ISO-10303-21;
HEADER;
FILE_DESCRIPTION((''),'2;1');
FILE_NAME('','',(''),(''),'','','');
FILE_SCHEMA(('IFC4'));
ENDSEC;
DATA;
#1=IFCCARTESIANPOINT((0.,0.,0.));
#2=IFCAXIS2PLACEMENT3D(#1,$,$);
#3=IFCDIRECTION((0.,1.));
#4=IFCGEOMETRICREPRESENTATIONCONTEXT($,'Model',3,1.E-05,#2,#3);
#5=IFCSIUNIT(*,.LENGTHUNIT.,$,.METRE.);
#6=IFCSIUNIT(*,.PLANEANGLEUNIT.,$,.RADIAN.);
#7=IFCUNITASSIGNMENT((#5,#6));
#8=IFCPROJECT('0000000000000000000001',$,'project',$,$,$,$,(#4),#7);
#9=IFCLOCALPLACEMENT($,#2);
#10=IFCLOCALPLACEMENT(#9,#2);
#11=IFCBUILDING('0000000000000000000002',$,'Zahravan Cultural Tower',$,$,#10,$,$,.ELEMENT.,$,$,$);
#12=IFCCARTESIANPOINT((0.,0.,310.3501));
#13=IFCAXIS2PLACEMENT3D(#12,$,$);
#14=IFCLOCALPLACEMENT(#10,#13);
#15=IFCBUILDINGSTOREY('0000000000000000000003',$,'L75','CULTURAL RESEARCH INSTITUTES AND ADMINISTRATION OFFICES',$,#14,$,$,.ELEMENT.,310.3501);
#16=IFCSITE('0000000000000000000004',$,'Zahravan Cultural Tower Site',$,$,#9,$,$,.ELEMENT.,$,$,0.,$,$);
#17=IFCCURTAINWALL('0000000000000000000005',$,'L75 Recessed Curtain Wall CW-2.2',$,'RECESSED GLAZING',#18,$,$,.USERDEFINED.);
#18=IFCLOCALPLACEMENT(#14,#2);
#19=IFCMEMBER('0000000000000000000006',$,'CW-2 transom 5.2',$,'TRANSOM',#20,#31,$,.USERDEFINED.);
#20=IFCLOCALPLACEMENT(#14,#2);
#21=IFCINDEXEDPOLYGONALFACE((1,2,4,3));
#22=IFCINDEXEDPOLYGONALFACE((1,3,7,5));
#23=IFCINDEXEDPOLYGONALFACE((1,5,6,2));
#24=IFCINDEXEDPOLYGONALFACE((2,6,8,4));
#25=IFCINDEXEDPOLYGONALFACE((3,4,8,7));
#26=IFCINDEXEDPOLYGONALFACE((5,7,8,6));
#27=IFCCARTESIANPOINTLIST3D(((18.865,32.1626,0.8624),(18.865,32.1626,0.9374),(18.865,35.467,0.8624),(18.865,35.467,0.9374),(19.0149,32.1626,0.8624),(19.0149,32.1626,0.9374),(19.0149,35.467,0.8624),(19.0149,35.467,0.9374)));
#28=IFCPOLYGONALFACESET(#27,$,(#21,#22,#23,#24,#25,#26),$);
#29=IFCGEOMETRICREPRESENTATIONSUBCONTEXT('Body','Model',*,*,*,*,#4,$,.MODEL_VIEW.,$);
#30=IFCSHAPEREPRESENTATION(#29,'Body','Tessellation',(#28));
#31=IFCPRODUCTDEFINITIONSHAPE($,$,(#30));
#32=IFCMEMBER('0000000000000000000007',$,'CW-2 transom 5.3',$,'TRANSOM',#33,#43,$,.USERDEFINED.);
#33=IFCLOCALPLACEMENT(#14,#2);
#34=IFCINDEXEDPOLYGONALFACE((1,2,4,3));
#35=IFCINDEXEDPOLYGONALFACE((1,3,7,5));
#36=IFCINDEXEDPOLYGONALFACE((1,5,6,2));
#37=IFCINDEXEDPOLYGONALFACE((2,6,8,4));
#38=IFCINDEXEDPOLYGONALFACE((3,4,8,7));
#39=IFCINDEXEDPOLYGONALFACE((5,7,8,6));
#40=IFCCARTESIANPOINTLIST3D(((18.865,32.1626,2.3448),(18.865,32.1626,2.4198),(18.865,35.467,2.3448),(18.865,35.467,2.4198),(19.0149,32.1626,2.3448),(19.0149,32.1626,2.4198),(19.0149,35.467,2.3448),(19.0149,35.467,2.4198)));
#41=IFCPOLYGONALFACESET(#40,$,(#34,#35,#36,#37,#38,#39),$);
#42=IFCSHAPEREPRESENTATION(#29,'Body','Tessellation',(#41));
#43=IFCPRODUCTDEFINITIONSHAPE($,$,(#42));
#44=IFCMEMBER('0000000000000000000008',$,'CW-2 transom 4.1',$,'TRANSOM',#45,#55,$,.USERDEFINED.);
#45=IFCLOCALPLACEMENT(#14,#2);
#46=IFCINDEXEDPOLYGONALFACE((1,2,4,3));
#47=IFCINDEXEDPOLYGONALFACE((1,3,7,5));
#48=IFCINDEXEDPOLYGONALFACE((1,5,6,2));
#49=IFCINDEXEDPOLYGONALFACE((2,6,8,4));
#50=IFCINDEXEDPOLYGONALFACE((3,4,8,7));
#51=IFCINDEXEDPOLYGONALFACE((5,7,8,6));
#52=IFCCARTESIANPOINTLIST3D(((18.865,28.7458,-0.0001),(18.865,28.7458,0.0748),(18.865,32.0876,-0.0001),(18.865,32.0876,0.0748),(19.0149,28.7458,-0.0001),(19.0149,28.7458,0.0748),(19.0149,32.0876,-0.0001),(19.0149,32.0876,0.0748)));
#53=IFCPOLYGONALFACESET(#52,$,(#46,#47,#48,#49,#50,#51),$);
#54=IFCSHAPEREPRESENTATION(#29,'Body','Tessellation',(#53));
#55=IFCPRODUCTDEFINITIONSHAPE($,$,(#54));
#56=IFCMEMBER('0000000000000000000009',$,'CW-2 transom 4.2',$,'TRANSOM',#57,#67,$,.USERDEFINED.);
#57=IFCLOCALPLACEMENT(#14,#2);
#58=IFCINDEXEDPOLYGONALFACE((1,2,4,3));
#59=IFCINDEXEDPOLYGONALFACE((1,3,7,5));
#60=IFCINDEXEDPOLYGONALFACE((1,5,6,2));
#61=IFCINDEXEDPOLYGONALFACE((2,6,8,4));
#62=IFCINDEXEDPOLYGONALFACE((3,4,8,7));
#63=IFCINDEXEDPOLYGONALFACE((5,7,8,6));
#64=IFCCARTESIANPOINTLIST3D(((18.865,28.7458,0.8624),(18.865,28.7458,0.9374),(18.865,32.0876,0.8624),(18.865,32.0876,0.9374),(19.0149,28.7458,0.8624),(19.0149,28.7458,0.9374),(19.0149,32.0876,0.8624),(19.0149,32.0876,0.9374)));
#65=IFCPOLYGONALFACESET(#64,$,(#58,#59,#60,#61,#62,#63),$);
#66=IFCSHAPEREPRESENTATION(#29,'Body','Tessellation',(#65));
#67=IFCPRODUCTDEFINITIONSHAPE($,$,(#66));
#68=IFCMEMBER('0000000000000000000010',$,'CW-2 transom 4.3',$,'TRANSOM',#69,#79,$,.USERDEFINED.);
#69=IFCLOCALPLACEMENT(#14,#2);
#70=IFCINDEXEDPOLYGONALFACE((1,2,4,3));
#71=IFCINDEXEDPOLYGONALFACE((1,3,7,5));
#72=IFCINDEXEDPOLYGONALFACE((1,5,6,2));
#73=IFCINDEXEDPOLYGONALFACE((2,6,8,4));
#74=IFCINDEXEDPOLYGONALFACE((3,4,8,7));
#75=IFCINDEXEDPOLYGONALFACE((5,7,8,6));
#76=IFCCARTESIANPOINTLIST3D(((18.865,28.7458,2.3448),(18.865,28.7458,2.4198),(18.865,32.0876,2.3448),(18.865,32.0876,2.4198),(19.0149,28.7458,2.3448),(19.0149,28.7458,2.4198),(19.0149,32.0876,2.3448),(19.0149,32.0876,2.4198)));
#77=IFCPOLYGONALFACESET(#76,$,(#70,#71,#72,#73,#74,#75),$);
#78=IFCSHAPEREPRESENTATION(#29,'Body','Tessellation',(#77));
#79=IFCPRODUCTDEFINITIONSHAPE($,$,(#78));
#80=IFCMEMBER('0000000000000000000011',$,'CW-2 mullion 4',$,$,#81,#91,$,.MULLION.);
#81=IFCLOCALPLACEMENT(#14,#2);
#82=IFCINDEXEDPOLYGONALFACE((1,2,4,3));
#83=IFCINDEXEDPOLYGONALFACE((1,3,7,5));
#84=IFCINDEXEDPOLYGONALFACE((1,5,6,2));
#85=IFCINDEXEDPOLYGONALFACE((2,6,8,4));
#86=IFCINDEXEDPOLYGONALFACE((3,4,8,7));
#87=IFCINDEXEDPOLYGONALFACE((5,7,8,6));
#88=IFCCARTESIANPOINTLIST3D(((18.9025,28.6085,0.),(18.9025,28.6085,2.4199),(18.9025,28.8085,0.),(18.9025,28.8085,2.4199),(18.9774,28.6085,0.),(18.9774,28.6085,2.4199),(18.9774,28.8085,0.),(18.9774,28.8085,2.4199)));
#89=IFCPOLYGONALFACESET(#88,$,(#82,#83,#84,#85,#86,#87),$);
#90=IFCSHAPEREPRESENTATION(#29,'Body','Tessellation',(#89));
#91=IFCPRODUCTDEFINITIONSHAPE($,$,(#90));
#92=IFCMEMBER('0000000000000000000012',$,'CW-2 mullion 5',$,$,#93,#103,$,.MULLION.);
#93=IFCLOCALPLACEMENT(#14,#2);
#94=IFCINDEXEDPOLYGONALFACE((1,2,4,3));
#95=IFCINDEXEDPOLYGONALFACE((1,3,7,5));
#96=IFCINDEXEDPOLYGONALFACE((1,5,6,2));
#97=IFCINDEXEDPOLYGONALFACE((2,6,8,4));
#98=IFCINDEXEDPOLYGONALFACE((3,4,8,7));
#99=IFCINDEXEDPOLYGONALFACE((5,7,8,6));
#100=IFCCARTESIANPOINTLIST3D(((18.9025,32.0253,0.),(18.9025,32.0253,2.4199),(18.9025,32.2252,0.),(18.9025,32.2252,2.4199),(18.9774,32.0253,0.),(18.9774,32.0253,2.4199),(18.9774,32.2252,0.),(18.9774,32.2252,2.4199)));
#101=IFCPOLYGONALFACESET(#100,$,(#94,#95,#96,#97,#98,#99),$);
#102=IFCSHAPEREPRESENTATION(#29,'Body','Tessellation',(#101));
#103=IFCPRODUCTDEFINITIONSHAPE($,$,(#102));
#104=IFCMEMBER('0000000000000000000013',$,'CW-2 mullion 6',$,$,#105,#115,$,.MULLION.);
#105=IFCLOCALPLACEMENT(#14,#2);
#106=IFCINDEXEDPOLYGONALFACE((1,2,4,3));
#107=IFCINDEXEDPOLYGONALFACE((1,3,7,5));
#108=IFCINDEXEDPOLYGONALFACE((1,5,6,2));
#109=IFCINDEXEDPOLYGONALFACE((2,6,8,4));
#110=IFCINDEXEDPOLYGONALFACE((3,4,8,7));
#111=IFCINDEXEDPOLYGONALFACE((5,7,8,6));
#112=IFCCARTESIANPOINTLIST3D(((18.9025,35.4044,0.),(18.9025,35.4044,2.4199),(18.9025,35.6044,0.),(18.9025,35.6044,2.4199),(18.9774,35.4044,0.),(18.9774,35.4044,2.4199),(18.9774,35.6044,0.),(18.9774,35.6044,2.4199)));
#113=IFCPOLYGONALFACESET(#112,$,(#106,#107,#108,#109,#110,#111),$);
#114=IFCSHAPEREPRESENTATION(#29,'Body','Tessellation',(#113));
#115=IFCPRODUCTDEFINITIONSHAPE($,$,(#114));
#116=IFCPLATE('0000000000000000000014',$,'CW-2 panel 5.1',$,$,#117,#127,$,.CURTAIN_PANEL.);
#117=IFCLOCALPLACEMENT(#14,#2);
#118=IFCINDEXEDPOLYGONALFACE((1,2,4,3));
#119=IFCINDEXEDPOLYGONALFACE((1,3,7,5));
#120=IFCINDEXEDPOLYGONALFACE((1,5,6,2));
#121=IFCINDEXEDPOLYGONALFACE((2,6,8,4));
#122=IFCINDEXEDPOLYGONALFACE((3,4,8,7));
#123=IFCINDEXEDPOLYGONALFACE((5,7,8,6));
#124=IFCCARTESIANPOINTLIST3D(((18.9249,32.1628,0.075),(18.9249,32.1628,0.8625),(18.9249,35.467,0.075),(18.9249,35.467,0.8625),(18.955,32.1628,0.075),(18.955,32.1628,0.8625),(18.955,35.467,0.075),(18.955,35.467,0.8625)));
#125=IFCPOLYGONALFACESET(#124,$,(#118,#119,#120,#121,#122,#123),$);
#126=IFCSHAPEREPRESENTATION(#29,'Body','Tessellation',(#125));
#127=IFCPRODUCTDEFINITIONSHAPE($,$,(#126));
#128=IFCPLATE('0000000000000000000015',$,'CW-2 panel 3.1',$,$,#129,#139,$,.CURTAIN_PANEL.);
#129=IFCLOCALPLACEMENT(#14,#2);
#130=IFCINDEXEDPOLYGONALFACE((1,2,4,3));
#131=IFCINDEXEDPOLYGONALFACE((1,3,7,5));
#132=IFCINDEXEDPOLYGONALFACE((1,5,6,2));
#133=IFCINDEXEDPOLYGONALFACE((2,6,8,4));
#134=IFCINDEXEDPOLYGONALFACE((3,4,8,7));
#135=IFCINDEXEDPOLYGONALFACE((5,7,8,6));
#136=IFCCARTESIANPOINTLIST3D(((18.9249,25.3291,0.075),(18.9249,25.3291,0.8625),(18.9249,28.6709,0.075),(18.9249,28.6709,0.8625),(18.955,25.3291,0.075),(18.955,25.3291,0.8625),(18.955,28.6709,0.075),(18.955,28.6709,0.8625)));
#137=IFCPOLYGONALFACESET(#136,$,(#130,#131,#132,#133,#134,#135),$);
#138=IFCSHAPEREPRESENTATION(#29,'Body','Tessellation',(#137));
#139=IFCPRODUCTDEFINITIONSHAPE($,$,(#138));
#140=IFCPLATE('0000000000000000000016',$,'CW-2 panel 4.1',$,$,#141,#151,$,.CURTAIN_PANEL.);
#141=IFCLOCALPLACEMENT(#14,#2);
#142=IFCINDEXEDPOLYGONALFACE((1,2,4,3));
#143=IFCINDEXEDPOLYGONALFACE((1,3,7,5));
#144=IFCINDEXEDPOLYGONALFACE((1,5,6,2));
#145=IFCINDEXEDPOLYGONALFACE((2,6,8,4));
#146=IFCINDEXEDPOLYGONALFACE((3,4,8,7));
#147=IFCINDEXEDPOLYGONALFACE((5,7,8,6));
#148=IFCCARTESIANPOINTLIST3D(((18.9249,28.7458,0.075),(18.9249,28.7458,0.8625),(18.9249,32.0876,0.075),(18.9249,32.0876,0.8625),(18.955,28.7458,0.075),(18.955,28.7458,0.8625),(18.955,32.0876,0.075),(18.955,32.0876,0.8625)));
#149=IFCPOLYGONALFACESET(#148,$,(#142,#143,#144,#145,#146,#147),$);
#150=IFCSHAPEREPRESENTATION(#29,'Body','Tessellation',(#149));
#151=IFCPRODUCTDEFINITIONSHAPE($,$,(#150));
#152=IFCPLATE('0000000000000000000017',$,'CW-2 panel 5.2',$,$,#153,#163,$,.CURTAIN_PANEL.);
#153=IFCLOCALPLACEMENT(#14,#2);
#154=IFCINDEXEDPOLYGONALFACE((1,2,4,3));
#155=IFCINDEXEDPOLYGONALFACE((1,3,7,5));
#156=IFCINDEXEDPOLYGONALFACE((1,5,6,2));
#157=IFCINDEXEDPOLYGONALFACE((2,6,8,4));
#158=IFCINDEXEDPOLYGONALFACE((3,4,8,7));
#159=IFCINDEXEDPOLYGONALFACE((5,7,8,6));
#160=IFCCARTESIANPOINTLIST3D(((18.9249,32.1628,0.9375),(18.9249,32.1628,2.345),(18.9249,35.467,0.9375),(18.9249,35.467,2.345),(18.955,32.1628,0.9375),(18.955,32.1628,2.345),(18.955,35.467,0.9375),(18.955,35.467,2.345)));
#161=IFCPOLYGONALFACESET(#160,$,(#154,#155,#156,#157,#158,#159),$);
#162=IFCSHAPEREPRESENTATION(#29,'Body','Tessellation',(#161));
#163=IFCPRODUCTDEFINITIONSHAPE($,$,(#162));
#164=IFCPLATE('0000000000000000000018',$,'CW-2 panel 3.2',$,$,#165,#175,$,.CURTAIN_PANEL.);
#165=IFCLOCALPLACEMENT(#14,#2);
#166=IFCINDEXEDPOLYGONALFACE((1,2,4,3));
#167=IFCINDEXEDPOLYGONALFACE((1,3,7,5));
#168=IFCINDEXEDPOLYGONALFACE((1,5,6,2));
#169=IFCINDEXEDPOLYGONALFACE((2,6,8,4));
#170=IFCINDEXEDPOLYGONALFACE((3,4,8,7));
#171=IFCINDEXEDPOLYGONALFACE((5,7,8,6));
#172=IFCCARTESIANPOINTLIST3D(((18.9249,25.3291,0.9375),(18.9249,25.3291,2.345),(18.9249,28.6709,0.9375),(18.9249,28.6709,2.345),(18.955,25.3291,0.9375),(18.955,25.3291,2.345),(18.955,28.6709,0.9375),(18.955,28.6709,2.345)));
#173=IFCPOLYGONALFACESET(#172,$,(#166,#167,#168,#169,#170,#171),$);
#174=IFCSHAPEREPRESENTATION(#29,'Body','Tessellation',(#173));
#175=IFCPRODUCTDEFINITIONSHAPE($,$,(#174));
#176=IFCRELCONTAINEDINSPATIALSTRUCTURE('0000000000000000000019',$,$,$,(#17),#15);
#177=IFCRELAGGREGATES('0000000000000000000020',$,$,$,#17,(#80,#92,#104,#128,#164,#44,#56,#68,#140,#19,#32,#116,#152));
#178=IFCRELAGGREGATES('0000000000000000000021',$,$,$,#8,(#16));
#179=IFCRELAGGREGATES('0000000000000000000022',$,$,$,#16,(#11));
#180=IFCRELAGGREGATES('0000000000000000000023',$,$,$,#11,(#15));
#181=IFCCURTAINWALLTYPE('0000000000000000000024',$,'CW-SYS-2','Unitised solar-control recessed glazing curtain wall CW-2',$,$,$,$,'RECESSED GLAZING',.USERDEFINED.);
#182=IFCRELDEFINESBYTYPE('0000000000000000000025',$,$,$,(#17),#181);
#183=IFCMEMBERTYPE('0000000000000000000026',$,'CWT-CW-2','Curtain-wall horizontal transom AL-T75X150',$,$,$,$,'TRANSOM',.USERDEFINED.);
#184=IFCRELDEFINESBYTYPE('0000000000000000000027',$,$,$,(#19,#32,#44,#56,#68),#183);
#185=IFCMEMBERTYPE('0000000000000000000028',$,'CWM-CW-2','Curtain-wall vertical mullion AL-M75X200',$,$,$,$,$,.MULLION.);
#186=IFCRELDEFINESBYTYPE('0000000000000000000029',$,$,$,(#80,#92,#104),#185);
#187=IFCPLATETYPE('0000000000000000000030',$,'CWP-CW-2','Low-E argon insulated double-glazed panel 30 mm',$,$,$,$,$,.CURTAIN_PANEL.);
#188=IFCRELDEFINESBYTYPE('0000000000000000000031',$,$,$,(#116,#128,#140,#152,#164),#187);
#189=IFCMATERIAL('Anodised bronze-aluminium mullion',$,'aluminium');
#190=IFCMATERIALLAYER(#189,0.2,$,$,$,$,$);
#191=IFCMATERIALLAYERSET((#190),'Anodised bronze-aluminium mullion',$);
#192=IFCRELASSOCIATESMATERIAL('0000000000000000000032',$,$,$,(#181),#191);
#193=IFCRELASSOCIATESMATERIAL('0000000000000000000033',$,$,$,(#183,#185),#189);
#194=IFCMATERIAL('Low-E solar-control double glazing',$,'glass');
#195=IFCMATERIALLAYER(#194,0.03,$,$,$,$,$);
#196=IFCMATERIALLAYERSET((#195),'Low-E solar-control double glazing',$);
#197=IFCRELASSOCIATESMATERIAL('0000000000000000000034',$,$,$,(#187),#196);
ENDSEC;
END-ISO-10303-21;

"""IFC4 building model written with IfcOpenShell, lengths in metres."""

from ifc_helpers import new_model, si_unit, direction, frame, origin, origin_2d, place, context, subcontext, project, spatial, rectangle, extrude, source, transform, mapped, material, layer, layer_set, material_profile, profile_set, type_object, element, aggregate, save


model = new_model("IFC4")

# Units and contexts
model_context = context("Model", 3, precision=1e-05, world=origin(), true_north=direction((0.0, 1.0)))
body_context = subcontext(model_context, "Body", "Model", "MODEL_VIEW")
ifc_project = project(units=[si_unit("LENGTHUNIT", "METRE"), si_unit("PLANEANGLEUNIT", "RADIAN")], contexts=[model_context])

# Site, building, storey
site_placement = place(None, origin())
site = spatial("IfcSite", under=ifc_project, at=site_placement, Name="Zahravan Cultural Tower Site", CompositionType="ELEMENT", RefElevation=0.0)
building_placement = place(site_placement, origin())
building = spatial("IfcBuilding", under=site, at=building_placement, Name="Zahravan Cultural Tower", CompositionType="ELEMENT")
storey_placement = place(building_placement, frame((0.0, 0.0, 310.3501)))
storey = spatial("IfcBuildingStorey", under=building, at=storey_placement, Name="L75", Description="CULTURAL RESEARCH INSTITUTES AND ADMINISTRATION OFFICES", CompositionType="ELEMENT", Elevation=310.3501)

# Curtain wall, members, plates
ifc_material_1 = material(Name="Anodised bronze-aluminium mullion", Category="aluminium")
ifc_layer_1 = layer(ifc_material_1, 0.2)
ifc_layer_set_1 = layer_set([ifc_layer_1], Name="Anodised bronze-aluminium mullion")
curtain_wall_type = type_object("IfcCurtainWallType", Name="CW-SYS-2", Description="Unitised solar-control recessed glazing curtain wall CW-2", ElementType="RECESSED GLAZING", PredefinedType="USERDEFINED", material=ifc_layer_set_1)
curtain_wall_placement = place(storey_placement, origin())
curtain_wall = element("IfcCurtainWall", 1, at=curtain_wall_placement, inside=storey, type_object=curtain_wall_type, Name="L75 Recessed Curtain Wall CW-2.2", ObjectType="RECESSED GLAZING", PredefinedType="USERDEFINED")
ifc_material_profile_1 = material_profile(ifc_material_1, rectangle(XDim=0.1499, YDim=0.075, at=origin_2d()), Name="AL-T75X150")
ifc_profile_set_1 = profile_set([ifc_material_profile_1], Name="Anodised bronze-aluminium mullion")
member_type_1 = type_object("IfcMemberType", Name="CWT-CW-2", Description="Curtain-wall horizontal transom AL-T75X150", ElementType="TRANSOM", PredefinedType="USERDEFINED", material=ifc_profile_set_1)
shared_shape_1 = source(origin(), body_context, "Body", "SweptSolid", [
    extrude(rectangle(XDim=0.1499, YDim=0.075, at=origin_2d()), origin(), (0.0, 0.0, 1.0), 3.3044),
])
member_1_placement = place(storey_placement, frame((18.9399, 32.1626, 0.8999), z_axis=(0.0, 1.0, 0.0), x_axis=(-1.0, 0.0, 0.0)))
member_1 = element("IfcMember", 2, at=member_1_placement, type_object=member_type_1, Name="CW-2 transom 5.2", ObjectType="TRANSOM", PredefinedType="USERDEFINED", context=body_context, shape_type="MappedRepresentation", body=[
    mapped(shared_shape_1, transform((0.0, 0.0, 0.0), x_axis=(1.0, 0.0, 0.0), y_axis=(0.0, 1.0, 0.0), z_axis=(0.0, 0.0, 1.0), scale=1.0)),
])
member_2_placement = place(storey_placement, frame((18.9399, 32.1626, 2.3823), z_axis=(0.0, 1.0, 0.0), x_axis=(-1.0, 0.0, 0.0)))
member_2 = element("IfcMember", 3, at=member_2_placement, type_object=member_type_1, Name="CW-2 transom 5.3", ObjectType="TRANSOM", PredefinedType="USERDEFINED", context=body_context, shape_type="MappedRepresentation", body=[
    mapped(shared_shape_1, transform((0.0, 0.0, 0.0), x_axis=(1.0, 0.0, 0.0), y_axis=(0.0, 1.0, 0.0), z_axis=(0.0, 0.0, 1.0), scale=1.0)),
])
shared_shape_2 = source(origin(), body_context, "Body", "SweptSolid", [
    extrude(rectangle(XDim=0.1499, YDim=0.075, at=origin_2d()), origin(), (0.0, 0.0, 1.0), 3.3418),
])
member_3_placement = place(storey_placement, frame((18.9399, 28.7458, 0.0374), z_axis=(0.0, 1.0, 0.0), x_axis=(-1.0, 0.0, 0.0)))
member_3 = element("IfcMember", 4, at=member_3_placement, type_object=member_type_1, Name="CW-2 transom 4.1", ObjectType="TRANSOM", PredefinedType="USERDEFINED", context=body_context, shape_type="MappedRepresentation", body=[
    mapped(shared_shape_2, transform((0.0, 0.0, 0.0), x_axis=(1.0, 0.0, 0.0), y_axis=(0.0, 1.0, 0.0), z_axis=(0.0, 0.0, 1.0), scale=1.0)),
])
member_4_placement = place(storey_placement, frame((18.9399, 28.7458, 0.8999), z_axis=(0.0, 1.0, 0.0), x_axis=(-1.0, 0.0, 0.0)))
member_4 = element("IfcMember", 5, at=member_4_placement, type_object=member_type_1, Name="CW-2 transom 4.2", ObjectType="TRANSOM", PredefinedType="USERDEFINED", context=body_context, shape_type="MappedRepresentation", body=[
    mapped(shared_shape_2, transform((0.0, 0.0, 0.0), x_axis=(1.0, 0.0, 0.0), y_axis=(0.0, 1.0, 0.0), z_axis=(0.0, 0.0, 1.0), scale=1.0)),
])
member_5_placement = place(storey_placement, frame((18.9399, 28.7458, 2.3823), z_axis=(0.0, 1.0, 0.0), x_axis=(-1.0, 0.0, 0.0)))
member_5 = element("IfcMember", 6, at=member_5_placement, type_object=member_type_1, Name="CW-2 transom 4.3", ObjectType="TRANSOM", PredefinedType="USERDEFINED", context=body_context, shape_type="MappedRepresentation", body=[
    mapped(shared_shape_2, transform((0.0, 0.0, 0.0), x_axis=(1.0, 0.0, 0.0), y_axis=(0.0, 1.0, 0.0), z_axis=(0.0, 0.0, 1.0), scale=1.0)),
])
ifc_material_profile_2 = material_profile(ifc_material_1, rectangle(XDim=0.075, YDim=0.2, at=origin_2d()), Name="AL-M75X200")
ifc_profile_set_2 = profile_set([ifc_material_profile_2], Name="Anodised bronze-aluminium mullion")
member_type_2 = type_object("IfcMemberType", Name="CWM-CW-2", Description="Curtain-wall vertical mullion AL-M75X200", PredefinedType="MULLION", material=ifc_profile_set_2)
shared_shape_3 = source(origin(), body_context, "Body", "SweptSolid", [
    extrude(rectangle(XDim=0.075, YDim=0.2, at=origin_2d()), origin(), (0.0, 0.0, 1.0), 2.4199),
])
member_6_placement = place(storey_placement, frame((18.9399, 28.7085, 0.0), z_axis=(0.0, 0.0, 1.0), x_axis=(-1.0, 0.0, 0.0)))
member_6 = element("IfcMember", 7, at=member_6_placement, type_object=member_type_2, Name="CW-2 mullion 4", PredefinedType="MULLION", context=body_context, shape_type="MappedRepresentation", body=[
    mapped(shared_shape_3, transform((0.0, 0.0, 0.0), x_axis=(1.0, 0.0, 0.0), y_axis=(0.0, 1.0, 0.0), z_axis=(0.0, 0.0, 1.0), scale=1.0)),
])
member_7_placement = place(storey_placement, frame((18.9399, 32.1252, 0.0), z_axis=(0.0, 0.0, 1.0), x_axis=(-1.0, 0.0, 0.0)))
member_7 = element("IfcMember", 8, at=member_7_placement, type_object=member_type_2, Name="CW-2 mullion 5", PredefinedType="MULLION", context=body_context, shape_type="MappedRepresentation", body=[
    mapped(shared_shape_3, transform((0.0, 0.0, 0.0), x_axis=(1.0, 0.0, 0.0), y_axis=(0.0, 1.0, 0.0), z_axis=(0.0, 0.0, 1.0), scale=1.0)),
])
member_8_placement = place(storey_placement, frame((18.9399, 35.5044, 0.0), z_axis=(0.0, 0.0, 1.0), x_axis=(-1.0, 0.0, 0.0)))
member_8 = element("IfcMember", 9, at=member_8_placement, type_object=member_type_2, Name="CW-2 mullion 6", PredefinedType="MULLION", context=body_context, shape_type="MappedRepresentation", body=[
    mapped(shared_shape_3, transform((0.0, 0.0, 0.0), x_axis=(1.0, 0.0, 0.0), y_axis=(0.0, 1.0, 0.0), z_axis=(0.0, 0.0, 1.0), scale=1.0)),
])
ifc_material_2 = material(Name="Low-E solar-control double glazing", Category="glass")
ifc_layer_2 = layer(ifc_material_2, 0.03)
ifc_layer_set_2 = layer_set([ifc_layer_2], Name="Low-E solar-control double glazing")
plate_type = type_object("IfcPlateType", Name="CWP-CW-2", Description="Low-E argon insulated double-glazed panel 30 mm", PredefinedType="CURTAIN_PANEL", material=ifc_layer_set_2)
shared_shape_4 = source(origin(), body_context, "Body", "SweptSolid", [
    extrude(rectangle(XDim=3.3042, YDim=0.03, at=origin_2d()), origin(), (0.0, 0.0, 1.0), 0.7876),
])
plate_1_placement = place(storey_placement, frame((18.9399, 33.8149, 0.075), z_axis=(0.0, 0.0, 1.0), x_axis=(0.0, 1.0, 0.0)))
plate_1 = element("IfcPlate", 10, at=plate_1_placement, type_object=plate_type, Name="CW-2 panel 5.1", PredefinedType="CURTAIN_PANEL", context=body_context, shape_type="MappedRepresentation", body=[
    mapped(shared_shape_4, transform((0.0, 0.0, 0.0), x_axis=(1.0, 0.0, 0.0), y_axis=(0.0, 1.0, 0.0), z_axis=(0.0, 0.0, 1.0), scale=1.0)),
])
shared_shape_5 = source(origin(), body_context, "Body", "SweptSolid", [
    extrude(rectangle(XDim=3.3418, YDim=0.03, at=origin_2d()), origin(), (0.0, 0.0, 1.0), 0.7876),
])
plate_2_placement = place(storey_placement, frame((18.9399, 27.0, 0.075), z_axis=(0.0, 0.0, 1.0), x_axis=(0.0, 1.0, 0.0)))
plate_2 = element("IfcPlate", 11, at=plate_2_placement, type_object=plate_type, Name="CW-2 panel 3.1", PredefinedType="CURTAIN_PANEL", context=body_context, shape_type="MappedRepresentation", body=[
    mapped(shared_shape_5, transform((0.0, 0.0, 0.0), x_axis=(1.0, 0.0, 0.0), y_axis=(0.0, 1.0, 0.0), z_axis=(0.0, 0.0, 1.0), scale=1.0)),
])
plate_3_placement = place(storey_placement, frame((18.9399, 30.4167, 0.075), z_axis=(0.0, 0.0, 1.0), x_axis=(0.0, 1.0, 0.0)))
plate_3 = element("IfcPlate", 12, at=plate_3_placement, type_object=plate_type, Name="CW-2 panel 4.1", PredefinedType="CURTAIN_PANEL", context=body_context, shape_type="MappedRepresentation", body=[
    mapped(shared_shape_5, transform((0.0, 0.0, 0.0), x_axis=(1.0, 0.0, 0.0), y_axis=(0.0, 1.0, 0.0), z_axis=(0.0, 0.0, 1.0), scale=1.0)),
])
shared_shape_6 = source(origin(), body_context, "Body", "SweptSolid", [
    extrude(rectangle(XDim=3.3042, YDim=0.03, at=origin_2d()), origin(), (0.0, 0.0, 1.0), 1.4075),
])
plate_4_placement = place(storey_placement, frame((18.9399, 33.8149, 0.9375), z_axis=(0.0, 0.0, 1.0), x_axis=(0.0, 1.0, 0.0)))
plate_4 = element("IfcPlate", 13, at=plate_4_placement, type_object=plate_type, Name="CW-2 panel 5.2", PredefinedType="CURTAIN_PANEL", context=body_context, shape_type="MappedRepresentation", body=[
    mapped(shared_shape_6, transform((0.0, 0.0, 0.0), x_axis=(1.0, 0.0, 0.0), y_axis=(0.0, 1.0, 0.0), z_axis=(0.0, 0.0, 1.0), scale=1.0)),
])
shared_shape_7 = source(origin(), body_context, "Body", "SweptSolid", [
    extrude(rectangle(XDim=3.3418, YDim=0.03, at=origin_2d()), origin(), (0.0, 0.0, 1.0), 1.4075),
])
plate_5_placement = place(storey_placement, frame((18.9399, 27.0, 0.9375), z_axis=(0.0, 0.0, 1.0), x_axis=(0.0, 1.0, 0.0)))
plate_5 = element("IfcPlate", 14, at=plate_5_placement, type_object=plate_type, Name="CW-2 panel 3.2", PredefinedType="CURTAIN_PANEL", context=body_context, shape_type="MappedRepresentation", body=[
    mapped(shared_shape_7, transform((0.0, 0.0, 0.0), x_axis=(1.0, 0.0, 0.0), y_axis=(0.0, 1.0, 0.0), z_axis=(0.0, 0.0, 1.0), scale=1.0)),
])
aggregate(curtain_wall, [member_6, member_7, member_8, plate_2, plate_5, member_3, member_4, member_5, plate_3, member_1, member_2, plate_1, plate_4])

save(model, "model.ifc")
